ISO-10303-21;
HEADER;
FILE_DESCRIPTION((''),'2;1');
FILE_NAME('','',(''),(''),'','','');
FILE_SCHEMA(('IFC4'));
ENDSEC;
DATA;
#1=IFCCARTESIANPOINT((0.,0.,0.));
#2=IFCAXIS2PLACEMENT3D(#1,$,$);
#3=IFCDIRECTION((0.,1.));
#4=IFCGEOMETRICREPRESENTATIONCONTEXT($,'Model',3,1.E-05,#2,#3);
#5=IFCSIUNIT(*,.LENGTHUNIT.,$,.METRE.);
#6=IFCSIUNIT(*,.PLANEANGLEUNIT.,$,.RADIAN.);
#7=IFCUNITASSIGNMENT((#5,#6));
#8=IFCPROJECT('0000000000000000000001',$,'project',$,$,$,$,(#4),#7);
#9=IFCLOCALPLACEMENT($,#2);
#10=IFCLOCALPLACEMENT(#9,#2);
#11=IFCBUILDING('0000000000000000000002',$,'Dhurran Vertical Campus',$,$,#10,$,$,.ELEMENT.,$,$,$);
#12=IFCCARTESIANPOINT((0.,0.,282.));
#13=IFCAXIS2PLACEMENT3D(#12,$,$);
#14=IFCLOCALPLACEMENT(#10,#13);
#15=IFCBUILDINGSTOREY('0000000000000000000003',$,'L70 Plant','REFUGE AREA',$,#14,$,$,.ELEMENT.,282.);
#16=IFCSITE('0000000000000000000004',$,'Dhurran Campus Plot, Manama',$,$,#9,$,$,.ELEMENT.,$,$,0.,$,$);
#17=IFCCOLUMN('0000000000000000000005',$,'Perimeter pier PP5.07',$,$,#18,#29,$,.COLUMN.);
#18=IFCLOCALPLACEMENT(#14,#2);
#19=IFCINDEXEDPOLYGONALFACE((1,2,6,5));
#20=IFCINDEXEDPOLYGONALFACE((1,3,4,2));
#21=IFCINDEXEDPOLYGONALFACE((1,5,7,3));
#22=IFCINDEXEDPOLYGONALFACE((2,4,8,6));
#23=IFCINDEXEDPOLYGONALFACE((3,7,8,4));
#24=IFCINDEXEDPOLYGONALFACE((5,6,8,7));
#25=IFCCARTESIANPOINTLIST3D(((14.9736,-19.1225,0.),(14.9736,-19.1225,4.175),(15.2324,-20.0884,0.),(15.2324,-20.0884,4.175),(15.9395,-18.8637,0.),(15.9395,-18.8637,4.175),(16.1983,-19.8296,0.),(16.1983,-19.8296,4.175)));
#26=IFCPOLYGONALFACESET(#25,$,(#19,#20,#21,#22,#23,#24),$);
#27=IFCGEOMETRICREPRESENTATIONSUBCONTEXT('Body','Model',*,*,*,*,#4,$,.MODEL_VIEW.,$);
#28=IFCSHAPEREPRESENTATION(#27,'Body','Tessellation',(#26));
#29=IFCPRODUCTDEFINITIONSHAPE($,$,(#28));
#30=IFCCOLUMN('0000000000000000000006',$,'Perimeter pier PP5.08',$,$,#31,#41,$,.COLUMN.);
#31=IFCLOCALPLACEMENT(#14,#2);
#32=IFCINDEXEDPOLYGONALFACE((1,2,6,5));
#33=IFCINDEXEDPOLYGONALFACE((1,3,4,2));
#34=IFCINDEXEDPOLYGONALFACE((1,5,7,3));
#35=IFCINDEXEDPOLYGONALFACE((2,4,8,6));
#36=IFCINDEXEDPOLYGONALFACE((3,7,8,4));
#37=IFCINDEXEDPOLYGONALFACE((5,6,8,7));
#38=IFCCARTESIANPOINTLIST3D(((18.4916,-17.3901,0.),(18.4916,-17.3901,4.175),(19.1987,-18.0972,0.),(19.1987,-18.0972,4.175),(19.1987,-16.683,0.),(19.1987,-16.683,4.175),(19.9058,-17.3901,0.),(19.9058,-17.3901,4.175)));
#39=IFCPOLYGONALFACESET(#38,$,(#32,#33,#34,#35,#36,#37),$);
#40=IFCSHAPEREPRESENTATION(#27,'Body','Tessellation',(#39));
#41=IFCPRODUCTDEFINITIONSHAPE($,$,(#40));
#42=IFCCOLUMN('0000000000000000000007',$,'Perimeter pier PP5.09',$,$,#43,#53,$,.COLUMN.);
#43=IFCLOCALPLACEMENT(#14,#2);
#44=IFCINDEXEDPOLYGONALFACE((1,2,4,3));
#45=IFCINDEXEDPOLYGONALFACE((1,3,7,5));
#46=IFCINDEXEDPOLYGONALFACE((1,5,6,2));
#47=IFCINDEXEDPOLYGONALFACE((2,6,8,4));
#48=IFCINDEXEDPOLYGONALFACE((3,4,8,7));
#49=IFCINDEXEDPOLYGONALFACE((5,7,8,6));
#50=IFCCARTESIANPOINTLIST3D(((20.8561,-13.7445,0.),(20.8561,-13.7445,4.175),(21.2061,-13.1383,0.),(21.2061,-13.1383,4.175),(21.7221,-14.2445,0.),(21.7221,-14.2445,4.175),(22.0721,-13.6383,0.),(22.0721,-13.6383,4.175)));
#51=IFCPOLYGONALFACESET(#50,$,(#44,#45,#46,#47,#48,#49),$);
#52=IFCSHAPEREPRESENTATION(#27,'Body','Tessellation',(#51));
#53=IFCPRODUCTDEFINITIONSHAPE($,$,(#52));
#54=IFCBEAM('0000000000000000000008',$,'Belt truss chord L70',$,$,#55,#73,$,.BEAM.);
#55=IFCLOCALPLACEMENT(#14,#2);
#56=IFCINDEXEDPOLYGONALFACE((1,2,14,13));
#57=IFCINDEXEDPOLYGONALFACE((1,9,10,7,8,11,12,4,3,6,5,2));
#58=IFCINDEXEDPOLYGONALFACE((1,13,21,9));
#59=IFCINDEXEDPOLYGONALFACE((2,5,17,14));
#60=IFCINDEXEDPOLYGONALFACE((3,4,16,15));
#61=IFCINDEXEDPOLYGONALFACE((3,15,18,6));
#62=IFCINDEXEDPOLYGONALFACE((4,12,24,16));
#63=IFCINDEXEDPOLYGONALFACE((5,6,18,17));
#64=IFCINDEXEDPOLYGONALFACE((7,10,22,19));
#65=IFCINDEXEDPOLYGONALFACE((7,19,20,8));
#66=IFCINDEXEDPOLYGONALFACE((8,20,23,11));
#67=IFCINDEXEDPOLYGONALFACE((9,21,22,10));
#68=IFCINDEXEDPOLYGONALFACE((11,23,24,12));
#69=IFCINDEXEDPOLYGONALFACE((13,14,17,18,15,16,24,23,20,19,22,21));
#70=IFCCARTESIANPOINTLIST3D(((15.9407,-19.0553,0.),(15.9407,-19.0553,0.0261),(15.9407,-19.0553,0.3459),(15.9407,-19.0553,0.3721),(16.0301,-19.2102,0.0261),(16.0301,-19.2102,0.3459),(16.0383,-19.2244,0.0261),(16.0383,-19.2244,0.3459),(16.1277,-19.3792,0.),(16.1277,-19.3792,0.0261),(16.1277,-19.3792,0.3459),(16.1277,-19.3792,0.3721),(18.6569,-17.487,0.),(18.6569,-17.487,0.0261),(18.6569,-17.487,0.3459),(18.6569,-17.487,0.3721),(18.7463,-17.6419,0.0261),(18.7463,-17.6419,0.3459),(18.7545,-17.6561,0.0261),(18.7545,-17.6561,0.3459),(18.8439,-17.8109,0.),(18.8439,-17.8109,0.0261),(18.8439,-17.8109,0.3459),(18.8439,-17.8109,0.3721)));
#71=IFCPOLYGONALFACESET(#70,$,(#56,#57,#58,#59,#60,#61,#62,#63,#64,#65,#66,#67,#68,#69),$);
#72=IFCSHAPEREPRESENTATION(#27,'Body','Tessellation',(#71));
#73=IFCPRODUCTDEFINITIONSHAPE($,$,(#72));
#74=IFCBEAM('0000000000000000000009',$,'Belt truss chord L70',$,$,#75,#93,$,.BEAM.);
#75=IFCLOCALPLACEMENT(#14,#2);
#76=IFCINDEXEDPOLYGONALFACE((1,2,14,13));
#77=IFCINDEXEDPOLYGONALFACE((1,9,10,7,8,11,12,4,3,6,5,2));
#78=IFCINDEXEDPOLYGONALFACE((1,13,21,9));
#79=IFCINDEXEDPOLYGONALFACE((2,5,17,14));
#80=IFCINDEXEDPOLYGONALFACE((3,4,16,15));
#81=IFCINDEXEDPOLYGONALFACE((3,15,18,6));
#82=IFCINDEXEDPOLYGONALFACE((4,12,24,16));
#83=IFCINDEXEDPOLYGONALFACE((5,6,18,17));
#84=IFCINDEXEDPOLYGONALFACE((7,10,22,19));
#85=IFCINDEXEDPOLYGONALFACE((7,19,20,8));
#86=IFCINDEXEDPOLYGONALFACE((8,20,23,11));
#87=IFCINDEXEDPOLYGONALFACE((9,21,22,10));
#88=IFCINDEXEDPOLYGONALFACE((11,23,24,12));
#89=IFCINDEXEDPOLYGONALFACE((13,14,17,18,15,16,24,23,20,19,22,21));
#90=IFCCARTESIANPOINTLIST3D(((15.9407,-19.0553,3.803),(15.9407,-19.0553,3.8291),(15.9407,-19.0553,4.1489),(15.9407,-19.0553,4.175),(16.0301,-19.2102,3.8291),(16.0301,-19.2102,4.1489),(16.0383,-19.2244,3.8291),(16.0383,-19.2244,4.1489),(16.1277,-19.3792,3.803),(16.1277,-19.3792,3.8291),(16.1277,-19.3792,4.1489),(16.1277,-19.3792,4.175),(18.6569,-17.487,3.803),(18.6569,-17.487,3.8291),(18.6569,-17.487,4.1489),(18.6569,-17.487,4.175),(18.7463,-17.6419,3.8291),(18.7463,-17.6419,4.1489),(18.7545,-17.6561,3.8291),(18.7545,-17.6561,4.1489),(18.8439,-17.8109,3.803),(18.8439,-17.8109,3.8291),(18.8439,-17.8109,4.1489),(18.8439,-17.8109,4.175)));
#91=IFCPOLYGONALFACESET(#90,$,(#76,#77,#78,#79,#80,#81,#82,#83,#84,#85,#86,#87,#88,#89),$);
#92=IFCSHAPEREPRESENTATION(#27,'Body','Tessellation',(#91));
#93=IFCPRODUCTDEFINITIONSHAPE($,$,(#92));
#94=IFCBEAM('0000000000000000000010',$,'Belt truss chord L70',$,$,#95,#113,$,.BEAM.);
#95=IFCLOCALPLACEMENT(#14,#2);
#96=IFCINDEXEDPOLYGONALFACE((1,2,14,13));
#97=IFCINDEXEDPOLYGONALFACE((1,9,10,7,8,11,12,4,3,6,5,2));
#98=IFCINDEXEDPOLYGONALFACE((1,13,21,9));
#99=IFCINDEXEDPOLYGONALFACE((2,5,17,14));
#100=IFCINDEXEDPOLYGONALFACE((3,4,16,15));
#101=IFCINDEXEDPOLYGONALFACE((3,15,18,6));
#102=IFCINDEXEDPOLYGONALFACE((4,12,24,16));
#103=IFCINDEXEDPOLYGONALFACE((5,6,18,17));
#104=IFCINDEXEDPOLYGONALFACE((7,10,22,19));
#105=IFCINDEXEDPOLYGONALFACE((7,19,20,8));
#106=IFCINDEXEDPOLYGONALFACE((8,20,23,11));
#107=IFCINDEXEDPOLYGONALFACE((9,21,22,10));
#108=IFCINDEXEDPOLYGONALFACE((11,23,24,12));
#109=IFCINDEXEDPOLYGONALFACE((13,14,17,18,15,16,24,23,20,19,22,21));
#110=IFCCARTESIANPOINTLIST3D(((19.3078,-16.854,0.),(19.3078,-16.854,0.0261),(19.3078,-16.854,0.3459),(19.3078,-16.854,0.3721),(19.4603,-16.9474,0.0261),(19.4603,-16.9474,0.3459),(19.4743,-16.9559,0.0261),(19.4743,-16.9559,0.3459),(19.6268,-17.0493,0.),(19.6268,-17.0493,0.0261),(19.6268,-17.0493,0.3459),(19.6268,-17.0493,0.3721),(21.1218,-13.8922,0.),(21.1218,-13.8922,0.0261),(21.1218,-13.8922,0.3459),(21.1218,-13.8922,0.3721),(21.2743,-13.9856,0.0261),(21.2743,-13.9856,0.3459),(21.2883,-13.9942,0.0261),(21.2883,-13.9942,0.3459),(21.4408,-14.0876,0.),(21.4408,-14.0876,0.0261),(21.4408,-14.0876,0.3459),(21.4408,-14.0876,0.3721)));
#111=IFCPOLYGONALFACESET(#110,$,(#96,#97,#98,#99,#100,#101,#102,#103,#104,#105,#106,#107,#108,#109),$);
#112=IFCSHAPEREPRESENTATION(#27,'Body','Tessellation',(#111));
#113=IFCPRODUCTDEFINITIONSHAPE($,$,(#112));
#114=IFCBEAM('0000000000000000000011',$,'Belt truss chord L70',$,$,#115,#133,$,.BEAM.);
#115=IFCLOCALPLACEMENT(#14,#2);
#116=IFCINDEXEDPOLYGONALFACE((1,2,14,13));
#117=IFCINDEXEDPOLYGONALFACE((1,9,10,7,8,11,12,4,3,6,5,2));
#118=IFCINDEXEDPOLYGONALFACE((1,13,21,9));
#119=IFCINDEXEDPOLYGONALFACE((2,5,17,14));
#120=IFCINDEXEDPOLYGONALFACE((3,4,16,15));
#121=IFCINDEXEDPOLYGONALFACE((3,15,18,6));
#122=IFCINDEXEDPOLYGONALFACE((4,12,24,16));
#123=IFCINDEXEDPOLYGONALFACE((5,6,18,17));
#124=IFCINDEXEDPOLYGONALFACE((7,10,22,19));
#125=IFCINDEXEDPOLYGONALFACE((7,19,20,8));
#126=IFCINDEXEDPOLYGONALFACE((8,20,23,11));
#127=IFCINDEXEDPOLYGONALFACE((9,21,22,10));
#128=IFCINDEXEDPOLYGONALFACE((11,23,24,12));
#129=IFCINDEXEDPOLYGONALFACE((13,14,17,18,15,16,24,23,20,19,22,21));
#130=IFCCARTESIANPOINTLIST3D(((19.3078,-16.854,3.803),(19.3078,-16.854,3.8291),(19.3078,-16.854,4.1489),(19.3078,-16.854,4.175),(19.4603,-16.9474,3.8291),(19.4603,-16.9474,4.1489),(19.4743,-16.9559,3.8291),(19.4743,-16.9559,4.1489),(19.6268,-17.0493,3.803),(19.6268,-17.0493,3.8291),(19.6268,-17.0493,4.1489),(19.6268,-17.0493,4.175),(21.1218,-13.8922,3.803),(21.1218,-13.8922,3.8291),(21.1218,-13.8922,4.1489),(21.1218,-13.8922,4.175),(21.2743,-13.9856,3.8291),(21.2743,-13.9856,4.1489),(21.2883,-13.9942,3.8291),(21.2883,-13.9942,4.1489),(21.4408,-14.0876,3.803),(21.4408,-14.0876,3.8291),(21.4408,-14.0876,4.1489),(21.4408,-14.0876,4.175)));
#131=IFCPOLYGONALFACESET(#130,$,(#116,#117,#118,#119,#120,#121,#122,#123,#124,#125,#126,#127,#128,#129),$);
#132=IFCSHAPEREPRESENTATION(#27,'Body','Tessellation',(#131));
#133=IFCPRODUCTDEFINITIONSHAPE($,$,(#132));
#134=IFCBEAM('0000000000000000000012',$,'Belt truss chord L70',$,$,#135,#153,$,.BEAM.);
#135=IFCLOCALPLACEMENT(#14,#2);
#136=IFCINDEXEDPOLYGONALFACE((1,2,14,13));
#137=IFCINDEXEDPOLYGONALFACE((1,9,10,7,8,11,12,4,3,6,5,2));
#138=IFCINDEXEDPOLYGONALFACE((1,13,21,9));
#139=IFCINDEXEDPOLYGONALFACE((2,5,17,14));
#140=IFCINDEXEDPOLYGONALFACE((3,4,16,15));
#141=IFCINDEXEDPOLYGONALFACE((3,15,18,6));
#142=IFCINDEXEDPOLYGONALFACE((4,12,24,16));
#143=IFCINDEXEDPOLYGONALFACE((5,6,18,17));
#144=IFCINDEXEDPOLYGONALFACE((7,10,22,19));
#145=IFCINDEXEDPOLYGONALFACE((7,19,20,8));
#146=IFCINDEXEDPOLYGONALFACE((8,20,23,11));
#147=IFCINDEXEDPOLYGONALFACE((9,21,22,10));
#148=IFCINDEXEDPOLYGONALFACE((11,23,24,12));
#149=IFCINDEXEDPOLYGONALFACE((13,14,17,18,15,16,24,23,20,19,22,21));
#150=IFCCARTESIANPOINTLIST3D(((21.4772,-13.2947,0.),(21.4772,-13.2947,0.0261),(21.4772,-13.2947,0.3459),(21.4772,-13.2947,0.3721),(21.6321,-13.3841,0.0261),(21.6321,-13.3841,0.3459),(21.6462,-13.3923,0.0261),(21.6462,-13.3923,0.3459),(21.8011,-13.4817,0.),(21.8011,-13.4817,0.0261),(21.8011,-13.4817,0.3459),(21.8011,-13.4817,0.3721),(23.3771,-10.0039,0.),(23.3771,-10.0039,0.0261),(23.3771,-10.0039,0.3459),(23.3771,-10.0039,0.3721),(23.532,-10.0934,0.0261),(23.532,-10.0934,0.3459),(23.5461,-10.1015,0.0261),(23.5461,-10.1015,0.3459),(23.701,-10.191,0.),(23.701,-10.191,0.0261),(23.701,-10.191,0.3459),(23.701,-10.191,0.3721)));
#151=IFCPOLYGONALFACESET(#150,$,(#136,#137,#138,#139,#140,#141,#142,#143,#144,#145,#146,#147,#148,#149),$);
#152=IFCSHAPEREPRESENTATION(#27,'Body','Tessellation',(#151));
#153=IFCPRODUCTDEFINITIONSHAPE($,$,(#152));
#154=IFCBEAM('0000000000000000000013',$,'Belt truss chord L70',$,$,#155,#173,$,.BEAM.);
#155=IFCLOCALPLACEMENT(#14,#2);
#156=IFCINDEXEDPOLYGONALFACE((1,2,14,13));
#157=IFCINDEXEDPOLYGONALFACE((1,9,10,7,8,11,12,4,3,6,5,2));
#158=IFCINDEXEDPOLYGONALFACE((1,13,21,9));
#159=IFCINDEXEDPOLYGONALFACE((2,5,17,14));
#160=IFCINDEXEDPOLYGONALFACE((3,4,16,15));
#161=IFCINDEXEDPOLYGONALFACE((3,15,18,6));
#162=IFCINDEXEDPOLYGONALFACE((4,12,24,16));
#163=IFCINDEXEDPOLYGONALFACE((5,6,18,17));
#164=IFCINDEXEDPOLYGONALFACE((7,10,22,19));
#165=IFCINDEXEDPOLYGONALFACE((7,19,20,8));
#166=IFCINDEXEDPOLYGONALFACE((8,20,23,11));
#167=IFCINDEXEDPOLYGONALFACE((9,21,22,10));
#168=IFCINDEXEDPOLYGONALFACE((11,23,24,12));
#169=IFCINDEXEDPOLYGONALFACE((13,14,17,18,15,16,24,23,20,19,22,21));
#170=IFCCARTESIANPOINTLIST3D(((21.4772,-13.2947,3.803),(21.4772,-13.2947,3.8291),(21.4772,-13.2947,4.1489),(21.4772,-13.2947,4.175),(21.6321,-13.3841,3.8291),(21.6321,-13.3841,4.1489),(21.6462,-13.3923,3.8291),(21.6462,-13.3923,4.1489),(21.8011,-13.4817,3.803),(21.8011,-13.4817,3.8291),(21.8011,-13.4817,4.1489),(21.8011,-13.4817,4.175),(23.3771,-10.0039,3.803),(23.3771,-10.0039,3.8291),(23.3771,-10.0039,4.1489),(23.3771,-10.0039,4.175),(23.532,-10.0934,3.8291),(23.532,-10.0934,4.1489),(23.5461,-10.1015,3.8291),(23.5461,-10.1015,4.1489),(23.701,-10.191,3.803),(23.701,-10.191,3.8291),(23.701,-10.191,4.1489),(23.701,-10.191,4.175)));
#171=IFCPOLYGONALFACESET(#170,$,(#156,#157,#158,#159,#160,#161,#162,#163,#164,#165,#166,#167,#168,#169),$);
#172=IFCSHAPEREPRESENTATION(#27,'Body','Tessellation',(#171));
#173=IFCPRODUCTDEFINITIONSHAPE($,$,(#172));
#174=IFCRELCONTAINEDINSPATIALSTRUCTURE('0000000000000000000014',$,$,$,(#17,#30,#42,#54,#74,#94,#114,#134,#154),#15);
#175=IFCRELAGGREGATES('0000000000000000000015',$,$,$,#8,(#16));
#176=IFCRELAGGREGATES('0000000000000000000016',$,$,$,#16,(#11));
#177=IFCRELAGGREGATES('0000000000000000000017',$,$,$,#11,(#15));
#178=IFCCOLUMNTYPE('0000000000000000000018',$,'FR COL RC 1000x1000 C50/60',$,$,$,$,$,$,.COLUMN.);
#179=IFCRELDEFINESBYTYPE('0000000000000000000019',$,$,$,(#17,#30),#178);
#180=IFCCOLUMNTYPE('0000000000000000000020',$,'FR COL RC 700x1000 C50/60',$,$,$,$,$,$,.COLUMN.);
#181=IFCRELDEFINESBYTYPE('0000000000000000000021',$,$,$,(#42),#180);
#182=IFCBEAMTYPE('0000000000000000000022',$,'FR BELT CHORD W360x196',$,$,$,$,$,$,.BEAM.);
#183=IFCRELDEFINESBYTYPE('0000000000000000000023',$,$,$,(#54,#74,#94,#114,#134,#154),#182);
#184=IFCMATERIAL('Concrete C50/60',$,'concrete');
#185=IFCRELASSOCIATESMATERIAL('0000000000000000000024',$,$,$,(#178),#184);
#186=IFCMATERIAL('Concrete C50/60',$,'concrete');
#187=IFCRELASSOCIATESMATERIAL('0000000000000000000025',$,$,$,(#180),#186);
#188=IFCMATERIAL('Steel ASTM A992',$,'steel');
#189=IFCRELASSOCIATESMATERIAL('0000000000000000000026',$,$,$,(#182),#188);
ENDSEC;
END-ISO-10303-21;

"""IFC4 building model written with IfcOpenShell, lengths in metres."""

from ifc_helpers import new_model, si_unit, direction, frame, origin, origin_2d, place, context, subcontext, project, spatial, rectangle, i_section, extrude, material, material_profile, profile_set, type_object, element, save


model = new_model("IFC4")

# Units and contexts
model_context = context("Model", 3, precision=1e-05, world=origin(), true_north=direction((0.0, 1.0)))
body_context = subcontext(model_context, "Body", "Model", "MODEL_VIEW")
ifc_project = project(units=[si_unit("LENGTHUNIT", "METRE"), si_unit("PLANEANGLEUNIT", "RADIAN")], contexts=[model_context])

# Site, building, storey
site_placement = place(None, origin())
site = spatial("IfcSite", under=ifc_project, at=site_placement, Name="Dhurran Campus Plot, Manama", CompositionType="ELEMENT", RefElevation=0.0)
building_placement = place(site_placement, origin())
building = spatial("IfcBuilding", under=site, at=building_placement, Name="Dhurran Vertical Campus", CompositionType="ELEMENT")
storey_placement = place(building_placement, frame((0.0, 0.0, 282.0)))
storey = spatial("IfcBuildingStorey", under=building, at=storey_placement, Name="L70 Plant", Description="REFUGE AREA", CompositionType="ELEMENT", Elevation=282.0)

# Columns
ifc_material_1 = material(Name="Concrete C50/60", Category="concrete")
ifc_material_profile_1 = material_profile(ifc_material_1, rectangle(XDim=1.0, YDim=1.0, at=origin_2d()), Name="RC 1000x1000")
ifc_profile_set_1 = profile_set([ifc_material_profile_1], Name="Concrete C50/60")
column_type_1 = type_object("IfcColumnType", Name="FR COL RC 1000x1000 C50/60", PredefinedType="COLUMN", material=ifc_profile_set_1)
for number, where, z_axis, x_axis, name in (
    (1, (15.5859, -19.4761, 0.0), (0.0, 0.0, 1.0), (0.965926, 0.258819, 0.0), "Perimeter pier PP5.07"),
    (2, (19.1987, -17.3901, 0.0), (0.0, 0.0, 1.0), (0.707107, 0.707107, 0.0), "Perimeter pier PP5.08"),
):
    element("IfcColumn", number, at=place(storey_placement, frame(where, z_axis=z_axis, x_axis=x_axis)), inside=storey, type_object=column_type_1, Name=name, PredefinedType="COLUMN", context=body_context, shape_type="SweptSolid", body=[
        extrude(rectangle(XDim=1.0, YDim=1.0, at=origin_2d()), origin(), (0.0, 0.0, 1.0), 4.175),
    ])
ifc_material_2 = material(Name="Concrete C50/60", Category="concrete")
ifc_material_profile_2 = material_profile(ifc_material_2, rectangle(XDim=0.7, YDim=1.0, at=origin_2d()), Name="RC 700x1000")
ifc_profile_set_2 = profile_set([ifc_material_profile_2], Name="Concrete C50/60")
column_type_2 = type_object("IfcColumnType", Name="FR COL RC 700x1000 C50/60", PredefinedType="COLUMN", material=ifc_profile_set_2)
column_placement = place(storey_placement, frame((21.4641, -13.6914, 0.0), z_axis=(0.0, 0.0, 1.0), x_axis=(0.5, 0.866025, 0.0)))
element("IfcColumn", 3, at=column_placement, inside=storey, type_object=column_type_2, Name="Perimeter pier PP5.09", PredefinedType="COLUMN", context=body_context, shape_type="SweptSolid", body=[
    extrude(rectangle(XDim=0.7, YDim=1.0, at=origin_2d()), origin(), (0.0, 0.0, 1.0), 4.175),
])

# Beams
ifc_material_3 = material(Name="Steel ASTM A992", Category="steel")
ifc_material_profile_3 = material_profile(ifc_material_3, i_section(OverallWidth=0.374, OverallDepth=0.3721, WebThickness=0.0164, FlangeThickness=0.0261, at=origin_2d()), Name="W360x196")
ifc_profile_set_3 = profile_set([ifc_material_profile_3], Name="Steel ASTM A992")
beam_type = type_object("IfcBeamType", Name="FR BELT CHORD W360x196", PredefinedType="BEAM", material=ifc_profile_set_3)
for number, where, z_axis, x_axis, name in (
    (4, (16.0342, -19.2173, 0.186), (0.866012, 0.500023, 0.0), (-0.500023, 0.866012, 0.0), "Belt truss chord L70"),
    (5, (16.0342, -19.2173, 3.989), (0.866012, 0.500023, 0.0), (-0.500023, 0.866012, 0.0), "Belt truss chord L70"),
):
    element("IfcBeam", number, at=place(storey_placement, frame(where, z_axis=z_axis, x_axis=x_axis)), inside=storey, type_object=beam_type, Name=name, PredefinedType="BEAM", context=body_context, shape_type="SweptSolid", body=[
        extrude(i_section(OverallWidth=0.374, OverallDepth=0.3721, WebThickness=0.0164, FlangeThickness=0.0261, at=origin_2d()), origin(), (0.0, 0.0, 1.0), 3.1365),
    ])
for number, where, z_axis, x_axis, name in (
    (6, (19.4673, -16.9517, 0.186), (0.5223, 0.852762, 0.0), (-0.852762, 0.5223, 0.0), "Belt truss chord L70"),
    (7, (19.4673, -16.9517, 3.989), (0.5223, 0.852762, 0.0), (-0.852762, 0.5223, 0.0), "Belt truss chord L70"),
):
    element("IfcBeam", number, at=place(storey_placement, frame(where, z_axis=z_axis, x_axis=x_axis)), inside=storey, type_object=beam_type, Name=name, PredefinedType="BEAM", context=body_context, shape_type="SweptSolid", body=[
        extrude(i_section(OverallWidth=0.374, OverallDepth=0.3721, WebThickness=0.0164, FlangeThickness=0.0261, at=origin_2d()), origin(), (0.0, 0.0, 1.0), 3.4731),
    ])
for number, where, z_axis, x_axis, name in (
    (8, (21.6392, -13.3882, 0.186), (0.499995, 0.866028, 0.0), (-0.866028, 0.499995, 0.0), "Belt truss chord L70"),
    (9, (21.6392, -13.3882, 3.989), (0.499995, 0.866028, 0.0), (-0.866028, 0.499995, 0.0), "Belt truss chord L70"),
):
    element("IfcBeam", number, at=place(storey_placement, frame(where, z_axis=z_axis, x_axis=x_axis)), inside=storey, type_object=beam_type, Name=name, PredefinedType="BEAM", context=body_context, shape_type="SweptSolid", body=[
        extrude(i_section(OverallWidth=0.374, OverallDepth=0.3721, WebThickness=0.0164, FlangeThickness=0.0261, at=origin_2d()), origin(), (0.0, 0.0, 1.0), 3.7998),
    ])

save(model, "model.ifc")
